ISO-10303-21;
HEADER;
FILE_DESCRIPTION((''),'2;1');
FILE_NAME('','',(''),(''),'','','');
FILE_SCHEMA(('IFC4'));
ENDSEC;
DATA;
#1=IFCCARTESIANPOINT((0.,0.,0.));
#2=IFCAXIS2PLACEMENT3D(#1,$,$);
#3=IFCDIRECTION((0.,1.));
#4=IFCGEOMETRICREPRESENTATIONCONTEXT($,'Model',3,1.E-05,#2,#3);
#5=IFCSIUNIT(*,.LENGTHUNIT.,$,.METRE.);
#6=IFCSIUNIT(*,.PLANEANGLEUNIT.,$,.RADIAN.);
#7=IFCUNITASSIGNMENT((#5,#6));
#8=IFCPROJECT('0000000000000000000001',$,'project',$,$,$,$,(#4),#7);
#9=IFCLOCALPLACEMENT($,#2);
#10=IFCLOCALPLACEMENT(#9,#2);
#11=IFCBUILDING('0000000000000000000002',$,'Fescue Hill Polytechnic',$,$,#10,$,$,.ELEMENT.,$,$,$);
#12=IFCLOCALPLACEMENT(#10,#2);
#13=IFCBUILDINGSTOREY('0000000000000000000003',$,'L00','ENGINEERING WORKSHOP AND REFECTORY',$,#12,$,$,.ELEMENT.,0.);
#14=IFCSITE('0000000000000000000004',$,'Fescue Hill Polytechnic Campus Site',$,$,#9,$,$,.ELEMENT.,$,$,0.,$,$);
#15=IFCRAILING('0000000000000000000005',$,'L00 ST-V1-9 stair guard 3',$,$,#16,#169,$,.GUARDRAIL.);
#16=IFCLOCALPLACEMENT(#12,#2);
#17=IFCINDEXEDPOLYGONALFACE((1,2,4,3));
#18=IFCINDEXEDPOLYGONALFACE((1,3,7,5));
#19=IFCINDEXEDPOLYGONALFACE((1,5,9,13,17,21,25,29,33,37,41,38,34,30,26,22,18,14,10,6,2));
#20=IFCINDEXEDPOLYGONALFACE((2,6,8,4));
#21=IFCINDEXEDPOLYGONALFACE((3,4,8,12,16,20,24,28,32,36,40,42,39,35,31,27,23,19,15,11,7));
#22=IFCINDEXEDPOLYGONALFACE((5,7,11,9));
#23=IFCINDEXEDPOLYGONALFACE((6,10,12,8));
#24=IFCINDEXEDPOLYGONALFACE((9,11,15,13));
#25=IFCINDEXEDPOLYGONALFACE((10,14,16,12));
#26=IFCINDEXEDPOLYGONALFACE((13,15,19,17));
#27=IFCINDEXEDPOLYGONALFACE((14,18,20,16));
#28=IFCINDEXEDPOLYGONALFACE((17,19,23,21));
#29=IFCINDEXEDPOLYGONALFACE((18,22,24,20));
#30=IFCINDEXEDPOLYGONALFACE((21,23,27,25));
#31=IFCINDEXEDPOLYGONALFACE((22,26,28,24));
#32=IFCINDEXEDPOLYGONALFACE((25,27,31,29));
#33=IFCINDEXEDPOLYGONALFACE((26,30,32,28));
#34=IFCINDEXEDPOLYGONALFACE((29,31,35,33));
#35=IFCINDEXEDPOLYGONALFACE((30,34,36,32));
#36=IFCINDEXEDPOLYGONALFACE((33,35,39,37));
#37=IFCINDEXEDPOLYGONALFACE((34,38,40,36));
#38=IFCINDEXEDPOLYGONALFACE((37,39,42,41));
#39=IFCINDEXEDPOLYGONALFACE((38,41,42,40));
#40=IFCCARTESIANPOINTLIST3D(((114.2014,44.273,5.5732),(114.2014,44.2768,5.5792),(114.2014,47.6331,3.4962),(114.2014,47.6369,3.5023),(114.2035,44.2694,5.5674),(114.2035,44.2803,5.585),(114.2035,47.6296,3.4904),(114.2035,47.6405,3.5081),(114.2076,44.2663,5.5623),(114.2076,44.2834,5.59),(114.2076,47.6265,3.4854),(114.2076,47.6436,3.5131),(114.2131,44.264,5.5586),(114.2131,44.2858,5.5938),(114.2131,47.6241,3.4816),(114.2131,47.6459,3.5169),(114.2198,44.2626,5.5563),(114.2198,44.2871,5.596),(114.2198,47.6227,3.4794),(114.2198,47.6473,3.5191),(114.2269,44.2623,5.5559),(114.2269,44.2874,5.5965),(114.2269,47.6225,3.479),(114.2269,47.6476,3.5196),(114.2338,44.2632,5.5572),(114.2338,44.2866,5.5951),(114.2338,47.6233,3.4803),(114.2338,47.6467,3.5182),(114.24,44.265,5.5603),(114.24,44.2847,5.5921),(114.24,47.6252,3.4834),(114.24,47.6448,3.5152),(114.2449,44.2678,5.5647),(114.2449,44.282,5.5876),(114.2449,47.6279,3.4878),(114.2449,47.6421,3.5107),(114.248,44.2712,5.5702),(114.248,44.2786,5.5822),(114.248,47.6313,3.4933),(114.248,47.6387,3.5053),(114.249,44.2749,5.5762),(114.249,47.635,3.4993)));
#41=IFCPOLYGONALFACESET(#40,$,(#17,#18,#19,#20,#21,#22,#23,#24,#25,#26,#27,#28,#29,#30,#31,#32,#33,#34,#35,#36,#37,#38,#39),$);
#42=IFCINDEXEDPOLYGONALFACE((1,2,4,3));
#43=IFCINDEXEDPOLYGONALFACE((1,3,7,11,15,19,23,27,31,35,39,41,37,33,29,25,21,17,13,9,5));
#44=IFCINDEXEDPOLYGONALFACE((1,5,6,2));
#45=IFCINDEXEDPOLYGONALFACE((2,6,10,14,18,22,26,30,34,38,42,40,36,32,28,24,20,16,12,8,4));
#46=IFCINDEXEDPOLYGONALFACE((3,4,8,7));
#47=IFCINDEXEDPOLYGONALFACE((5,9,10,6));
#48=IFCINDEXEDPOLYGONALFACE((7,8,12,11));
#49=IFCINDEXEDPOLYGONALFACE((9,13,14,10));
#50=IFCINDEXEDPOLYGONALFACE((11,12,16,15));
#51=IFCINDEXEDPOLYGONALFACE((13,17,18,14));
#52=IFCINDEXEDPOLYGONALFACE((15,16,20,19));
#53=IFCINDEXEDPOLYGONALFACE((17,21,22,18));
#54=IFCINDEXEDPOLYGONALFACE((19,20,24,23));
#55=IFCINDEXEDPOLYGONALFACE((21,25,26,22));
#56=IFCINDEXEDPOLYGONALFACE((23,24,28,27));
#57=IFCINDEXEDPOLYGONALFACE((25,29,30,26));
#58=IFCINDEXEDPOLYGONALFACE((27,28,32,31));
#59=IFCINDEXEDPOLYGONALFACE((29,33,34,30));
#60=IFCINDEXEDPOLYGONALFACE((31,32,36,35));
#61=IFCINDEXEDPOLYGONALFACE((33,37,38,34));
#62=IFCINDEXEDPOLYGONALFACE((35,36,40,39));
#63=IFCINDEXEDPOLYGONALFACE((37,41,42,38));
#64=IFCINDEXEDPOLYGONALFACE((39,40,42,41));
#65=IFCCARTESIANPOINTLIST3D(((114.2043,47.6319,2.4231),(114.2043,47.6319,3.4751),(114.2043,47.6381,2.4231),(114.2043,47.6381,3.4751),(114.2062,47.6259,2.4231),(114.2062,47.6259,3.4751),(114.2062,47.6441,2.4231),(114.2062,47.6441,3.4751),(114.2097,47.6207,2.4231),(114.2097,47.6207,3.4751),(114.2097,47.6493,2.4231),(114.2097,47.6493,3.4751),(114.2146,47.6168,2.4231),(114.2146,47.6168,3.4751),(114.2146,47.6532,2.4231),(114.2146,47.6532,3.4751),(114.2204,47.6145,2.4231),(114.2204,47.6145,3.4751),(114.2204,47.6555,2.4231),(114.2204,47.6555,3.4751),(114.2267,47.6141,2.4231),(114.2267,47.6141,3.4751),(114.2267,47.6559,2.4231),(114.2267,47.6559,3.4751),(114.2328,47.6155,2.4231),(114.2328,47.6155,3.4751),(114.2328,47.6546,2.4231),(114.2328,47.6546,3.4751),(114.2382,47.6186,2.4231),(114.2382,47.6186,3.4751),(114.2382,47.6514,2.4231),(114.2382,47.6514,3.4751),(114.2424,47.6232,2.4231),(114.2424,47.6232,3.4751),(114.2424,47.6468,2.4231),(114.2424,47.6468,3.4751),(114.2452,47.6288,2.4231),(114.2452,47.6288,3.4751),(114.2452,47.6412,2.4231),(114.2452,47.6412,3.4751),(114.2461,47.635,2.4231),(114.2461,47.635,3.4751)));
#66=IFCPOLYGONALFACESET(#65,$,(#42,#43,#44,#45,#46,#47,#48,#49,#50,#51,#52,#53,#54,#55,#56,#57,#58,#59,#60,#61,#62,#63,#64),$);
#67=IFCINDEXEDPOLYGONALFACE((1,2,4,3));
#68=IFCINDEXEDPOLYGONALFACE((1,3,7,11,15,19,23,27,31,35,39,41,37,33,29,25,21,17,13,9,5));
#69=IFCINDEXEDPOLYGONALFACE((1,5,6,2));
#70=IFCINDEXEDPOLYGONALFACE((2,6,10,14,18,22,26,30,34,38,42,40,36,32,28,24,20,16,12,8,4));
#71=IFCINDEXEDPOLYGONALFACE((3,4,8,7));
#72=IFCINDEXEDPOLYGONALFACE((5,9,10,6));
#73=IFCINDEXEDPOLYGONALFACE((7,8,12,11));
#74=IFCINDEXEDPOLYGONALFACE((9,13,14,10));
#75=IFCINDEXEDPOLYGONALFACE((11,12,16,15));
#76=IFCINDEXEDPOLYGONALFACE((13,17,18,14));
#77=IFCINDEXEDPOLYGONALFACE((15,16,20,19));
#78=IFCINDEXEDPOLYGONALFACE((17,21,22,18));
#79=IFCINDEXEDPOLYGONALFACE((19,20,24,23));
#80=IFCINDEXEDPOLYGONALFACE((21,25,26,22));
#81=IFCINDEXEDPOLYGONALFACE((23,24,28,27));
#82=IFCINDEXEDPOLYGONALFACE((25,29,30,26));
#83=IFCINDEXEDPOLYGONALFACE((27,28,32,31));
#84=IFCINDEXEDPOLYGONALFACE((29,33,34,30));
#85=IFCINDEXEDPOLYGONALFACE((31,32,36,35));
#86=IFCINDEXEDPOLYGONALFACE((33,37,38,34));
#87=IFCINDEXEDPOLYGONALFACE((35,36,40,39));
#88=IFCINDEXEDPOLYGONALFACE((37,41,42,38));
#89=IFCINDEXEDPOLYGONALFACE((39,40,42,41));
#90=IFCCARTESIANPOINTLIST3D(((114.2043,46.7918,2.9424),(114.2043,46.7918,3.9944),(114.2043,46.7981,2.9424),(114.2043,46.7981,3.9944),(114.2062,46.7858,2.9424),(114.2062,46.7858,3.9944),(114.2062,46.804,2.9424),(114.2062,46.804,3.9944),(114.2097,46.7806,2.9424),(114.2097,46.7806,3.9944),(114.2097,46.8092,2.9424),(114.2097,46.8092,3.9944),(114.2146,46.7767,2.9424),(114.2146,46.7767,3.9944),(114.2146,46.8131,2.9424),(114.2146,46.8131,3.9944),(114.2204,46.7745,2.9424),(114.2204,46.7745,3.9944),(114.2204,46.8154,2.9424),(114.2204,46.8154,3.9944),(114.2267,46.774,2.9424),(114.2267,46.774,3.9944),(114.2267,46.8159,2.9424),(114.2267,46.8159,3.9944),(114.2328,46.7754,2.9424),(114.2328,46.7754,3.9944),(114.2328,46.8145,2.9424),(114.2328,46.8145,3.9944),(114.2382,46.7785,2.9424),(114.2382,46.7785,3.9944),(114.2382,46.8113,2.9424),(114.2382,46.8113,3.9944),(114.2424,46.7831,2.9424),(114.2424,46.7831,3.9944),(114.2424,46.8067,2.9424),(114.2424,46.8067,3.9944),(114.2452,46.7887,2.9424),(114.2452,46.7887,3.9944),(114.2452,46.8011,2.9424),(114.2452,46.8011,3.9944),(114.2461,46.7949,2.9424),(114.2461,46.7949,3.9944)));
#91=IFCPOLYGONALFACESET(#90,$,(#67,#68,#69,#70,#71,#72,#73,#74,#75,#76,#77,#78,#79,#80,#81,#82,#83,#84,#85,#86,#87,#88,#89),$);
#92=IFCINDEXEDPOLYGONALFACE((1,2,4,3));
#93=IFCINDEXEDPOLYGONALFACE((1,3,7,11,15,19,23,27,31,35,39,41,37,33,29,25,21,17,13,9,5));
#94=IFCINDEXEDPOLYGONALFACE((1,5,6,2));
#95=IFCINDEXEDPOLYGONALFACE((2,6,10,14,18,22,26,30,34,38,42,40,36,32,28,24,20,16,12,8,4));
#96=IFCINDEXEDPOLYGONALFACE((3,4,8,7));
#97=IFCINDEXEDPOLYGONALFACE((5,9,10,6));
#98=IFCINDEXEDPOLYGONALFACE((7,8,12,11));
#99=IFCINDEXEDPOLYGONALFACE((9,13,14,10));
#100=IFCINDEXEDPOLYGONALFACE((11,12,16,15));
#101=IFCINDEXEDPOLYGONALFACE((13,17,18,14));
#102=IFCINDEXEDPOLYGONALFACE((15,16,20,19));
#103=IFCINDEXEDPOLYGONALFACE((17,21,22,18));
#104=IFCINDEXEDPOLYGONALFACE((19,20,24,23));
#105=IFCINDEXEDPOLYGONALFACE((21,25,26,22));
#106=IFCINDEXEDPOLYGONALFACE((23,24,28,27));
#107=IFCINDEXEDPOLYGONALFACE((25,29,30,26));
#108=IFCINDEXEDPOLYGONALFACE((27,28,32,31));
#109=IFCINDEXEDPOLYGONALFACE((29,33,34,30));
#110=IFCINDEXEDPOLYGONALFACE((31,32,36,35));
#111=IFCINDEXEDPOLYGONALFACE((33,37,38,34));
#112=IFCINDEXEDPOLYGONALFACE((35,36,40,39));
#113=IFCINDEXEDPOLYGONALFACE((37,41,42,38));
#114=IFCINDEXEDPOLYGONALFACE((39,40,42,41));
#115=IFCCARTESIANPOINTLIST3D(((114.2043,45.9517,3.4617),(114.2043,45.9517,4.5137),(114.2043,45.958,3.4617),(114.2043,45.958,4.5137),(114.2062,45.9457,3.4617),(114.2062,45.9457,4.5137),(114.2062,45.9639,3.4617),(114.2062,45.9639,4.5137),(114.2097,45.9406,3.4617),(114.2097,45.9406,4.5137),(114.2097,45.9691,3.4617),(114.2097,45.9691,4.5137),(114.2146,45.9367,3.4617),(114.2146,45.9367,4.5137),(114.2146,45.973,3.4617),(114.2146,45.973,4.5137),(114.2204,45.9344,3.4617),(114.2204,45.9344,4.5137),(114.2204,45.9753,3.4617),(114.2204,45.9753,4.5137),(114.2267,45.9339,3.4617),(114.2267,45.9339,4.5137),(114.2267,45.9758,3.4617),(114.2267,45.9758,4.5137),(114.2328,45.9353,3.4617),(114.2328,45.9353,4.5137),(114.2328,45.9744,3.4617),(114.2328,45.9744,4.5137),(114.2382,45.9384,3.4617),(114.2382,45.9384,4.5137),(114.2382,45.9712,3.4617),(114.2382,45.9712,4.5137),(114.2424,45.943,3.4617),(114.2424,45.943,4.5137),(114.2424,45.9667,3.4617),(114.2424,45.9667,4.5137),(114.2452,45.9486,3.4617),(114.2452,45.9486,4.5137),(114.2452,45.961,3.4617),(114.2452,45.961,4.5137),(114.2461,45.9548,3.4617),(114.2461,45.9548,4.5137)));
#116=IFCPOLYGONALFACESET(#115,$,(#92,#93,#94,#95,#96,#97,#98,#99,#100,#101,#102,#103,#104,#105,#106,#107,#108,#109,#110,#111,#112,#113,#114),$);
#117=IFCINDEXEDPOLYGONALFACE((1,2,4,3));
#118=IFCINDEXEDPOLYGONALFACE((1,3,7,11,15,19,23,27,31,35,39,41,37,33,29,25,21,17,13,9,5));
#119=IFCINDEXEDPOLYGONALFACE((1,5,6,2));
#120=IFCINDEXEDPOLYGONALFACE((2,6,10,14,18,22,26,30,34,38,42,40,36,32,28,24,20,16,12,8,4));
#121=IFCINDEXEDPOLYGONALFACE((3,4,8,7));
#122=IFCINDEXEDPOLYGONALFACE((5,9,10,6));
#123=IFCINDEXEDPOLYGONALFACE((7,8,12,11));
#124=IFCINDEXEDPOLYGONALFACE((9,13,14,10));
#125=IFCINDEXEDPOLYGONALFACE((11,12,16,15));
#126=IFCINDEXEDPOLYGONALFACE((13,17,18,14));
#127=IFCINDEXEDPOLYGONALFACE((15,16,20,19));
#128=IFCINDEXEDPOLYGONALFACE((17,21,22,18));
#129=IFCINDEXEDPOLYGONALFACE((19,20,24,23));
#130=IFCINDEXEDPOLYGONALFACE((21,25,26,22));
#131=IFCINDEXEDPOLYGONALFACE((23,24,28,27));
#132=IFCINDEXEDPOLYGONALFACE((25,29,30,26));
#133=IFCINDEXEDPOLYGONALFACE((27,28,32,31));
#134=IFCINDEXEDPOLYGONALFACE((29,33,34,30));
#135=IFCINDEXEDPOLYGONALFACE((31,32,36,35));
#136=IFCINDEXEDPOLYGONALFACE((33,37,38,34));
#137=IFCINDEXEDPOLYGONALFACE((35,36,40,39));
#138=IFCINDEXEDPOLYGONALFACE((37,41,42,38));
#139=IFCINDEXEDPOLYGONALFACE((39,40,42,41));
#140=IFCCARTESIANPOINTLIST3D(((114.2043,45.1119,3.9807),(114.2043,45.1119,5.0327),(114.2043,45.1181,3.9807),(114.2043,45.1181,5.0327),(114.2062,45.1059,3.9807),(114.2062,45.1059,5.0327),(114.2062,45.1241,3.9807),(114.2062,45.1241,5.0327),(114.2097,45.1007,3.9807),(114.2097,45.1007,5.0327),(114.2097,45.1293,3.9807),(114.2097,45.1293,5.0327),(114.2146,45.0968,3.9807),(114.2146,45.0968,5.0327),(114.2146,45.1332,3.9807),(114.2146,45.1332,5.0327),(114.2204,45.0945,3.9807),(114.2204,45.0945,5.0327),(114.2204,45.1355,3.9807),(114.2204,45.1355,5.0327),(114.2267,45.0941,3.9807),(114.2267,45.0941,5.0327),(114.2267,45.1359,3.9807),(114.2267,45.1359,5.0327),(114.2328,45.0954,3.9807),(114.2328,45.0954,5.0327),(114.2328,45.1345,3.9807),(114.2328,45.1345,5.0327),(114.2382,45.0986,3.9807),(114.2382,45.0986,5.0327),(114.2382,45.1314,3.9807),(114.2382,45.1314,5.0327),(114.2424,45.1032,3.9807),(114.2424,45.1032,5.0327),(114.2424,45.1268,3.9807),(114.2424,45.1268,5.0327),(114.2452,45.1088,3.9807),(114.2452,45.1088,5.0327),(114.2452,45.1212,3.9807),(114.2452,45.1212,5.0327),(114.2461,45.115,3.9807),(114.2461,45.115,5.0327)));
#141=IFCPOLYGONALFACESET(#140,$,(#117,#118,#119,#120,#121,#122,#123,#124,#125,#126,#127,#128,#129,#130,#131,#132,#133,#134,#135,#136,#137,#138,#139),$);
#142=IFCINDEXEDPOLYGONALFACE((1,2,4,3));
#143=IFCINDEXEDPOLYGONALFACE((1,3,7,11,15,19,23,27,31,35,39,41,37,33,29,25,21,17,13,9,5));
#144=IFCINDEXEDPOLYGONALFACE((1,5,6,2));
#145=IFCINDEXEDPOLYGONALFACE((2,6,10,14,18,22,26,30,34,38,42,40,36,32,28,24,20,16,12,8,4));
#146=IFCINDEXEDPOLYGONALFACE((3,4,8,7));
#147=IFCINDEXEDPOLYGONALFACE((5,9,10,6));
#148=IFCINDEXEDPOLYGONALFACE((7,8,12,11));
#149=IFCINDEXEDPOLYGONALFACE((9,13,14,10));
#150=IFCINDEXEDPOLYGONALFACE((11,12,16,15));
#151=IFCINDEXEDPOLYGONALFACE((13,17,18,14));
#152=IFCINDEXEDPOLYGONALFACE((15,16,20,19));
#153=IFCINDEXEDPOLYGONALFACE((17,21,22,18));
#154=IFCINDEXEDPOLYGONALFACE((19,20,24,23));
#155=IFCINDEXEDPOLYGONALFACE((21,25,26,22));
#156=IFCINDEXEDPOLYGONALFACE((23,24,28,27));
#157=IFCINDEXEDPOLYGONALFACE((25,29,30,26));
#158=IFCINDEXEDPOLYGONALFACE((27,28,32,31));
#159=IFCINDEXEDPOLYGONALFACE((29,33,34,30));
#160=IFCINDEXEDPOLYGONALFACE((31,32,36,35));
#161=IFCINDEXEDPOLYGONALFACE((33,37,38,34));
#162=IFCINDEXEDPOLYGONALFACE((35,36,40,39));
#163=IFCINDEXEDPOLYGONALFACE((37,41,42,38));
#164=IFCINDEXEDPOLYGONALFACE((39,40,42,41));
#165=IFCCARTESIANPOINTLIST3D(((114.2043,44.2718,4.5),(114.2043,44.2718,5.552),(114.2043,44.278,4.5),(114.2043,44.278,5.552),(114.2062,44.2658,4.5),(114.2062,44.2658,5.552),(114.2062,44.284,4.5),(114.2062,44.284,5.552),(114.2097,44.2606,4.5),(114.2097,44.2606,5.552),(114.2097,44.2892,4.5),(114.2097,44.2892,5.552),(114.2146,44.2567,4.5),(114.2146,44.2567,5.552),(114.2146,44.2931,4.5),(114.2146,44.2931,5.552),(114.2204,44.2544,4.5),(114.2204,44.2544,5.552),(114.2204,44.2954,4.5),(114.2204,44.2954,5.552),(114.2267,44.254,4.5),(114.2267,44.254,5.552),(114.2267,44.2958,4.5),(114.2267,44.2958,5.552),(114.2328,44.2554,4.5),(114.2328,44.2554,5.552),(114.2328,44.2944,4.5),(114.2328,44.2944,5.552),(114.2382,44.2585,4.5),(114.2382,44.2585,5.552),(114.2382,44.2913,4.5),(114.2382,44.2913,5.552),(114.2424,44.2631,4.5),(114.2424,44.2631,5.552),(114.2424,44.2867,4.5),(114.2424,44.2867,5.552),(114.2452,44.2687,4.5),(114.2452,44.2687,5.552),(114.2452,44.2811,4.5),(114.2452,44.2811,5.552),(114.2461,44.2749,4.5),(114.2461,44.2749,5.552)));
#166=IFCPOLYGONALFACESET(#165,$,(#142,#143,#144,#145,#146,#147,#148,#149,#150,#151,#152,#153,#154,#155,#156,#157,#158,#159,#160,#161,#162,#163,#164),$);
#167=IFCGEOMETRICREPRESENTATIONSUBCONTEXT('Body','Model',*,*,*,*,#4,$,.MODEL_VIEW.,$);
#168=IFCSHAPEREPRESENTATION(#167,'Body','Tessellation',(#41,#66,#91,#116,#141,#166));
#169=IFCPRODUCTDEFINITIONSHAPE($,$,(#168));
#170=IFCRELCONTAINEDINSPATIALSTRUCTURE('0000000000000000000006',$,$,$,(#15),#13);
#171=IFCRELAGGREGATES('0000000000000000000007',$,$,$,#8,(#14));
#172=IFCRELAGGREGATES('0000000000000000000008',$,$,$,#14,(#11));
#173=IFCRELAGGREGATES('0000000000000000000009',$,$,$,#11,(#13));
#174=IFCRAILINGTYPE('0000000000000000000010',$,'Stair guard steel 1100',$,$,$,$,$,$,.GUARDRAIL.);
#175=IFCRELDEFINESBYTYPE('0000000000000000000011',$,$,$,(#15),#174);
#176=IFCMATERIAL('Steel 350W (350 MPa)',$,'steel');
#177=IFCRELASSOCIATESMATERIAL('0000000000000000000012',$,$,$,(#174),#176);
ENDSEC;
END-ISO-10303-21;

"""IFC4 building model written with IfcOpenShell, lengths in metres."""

from ifc_helpers import new_model, si_unit, direction, frame, origin, origin_2d, place, context, subcontext, project, spatial, circle, extrude, material, type_object, element, save


model = new_model("IFC4")

# Units and contexts
model_context = context("Model", 3, precision=1e-05, world=origin(), true_north=direction((0.0, 1.0)))
body_context = subcontext(model_context, "Body", "Model", "MODEL_VIEW")
ifc_project = project(units=[si_unit("LENGTHUNIT", "METRE"), si_unit("PLANEANGLEUNIT", "RADIAN")], contexts=[model_context])

# Site, building, storey
site_placement = place(None, origin())
site = spatial("IfcSite", under=ifc_project, at=site_placement, Name="Fescue Hill Polytechnic Campus Site", CompositionType="ELEMENT", RefElevation=0.0)
building_placement = place(site_placement, origin())
building = spatial("IfcBuilding", under=site, at=building_placement, Name="Fescue Hill Polytechnic", CompositionType="ELEMENT")
storey_placement = place(building_placement, origin())
storey = spatial("IfcBuildingStorey", under=building, at=storey_placement, Name="L00", Description="ENGINEERING WORKSHOP AND REFECTORY", CompositionType="ELEMENT", Elevation=0.0)

# Railing
ifc_material_1 = material(Name="Steel 350W (350 MPa)", Category="steel")
railing_type = type_object("IfcRailingType", Name="Stair guard steel 1100", PredefinedType="GUARDRAIL", material=ifc_material_1)
railing_1_placement = place(storey_placement, frame((114.2251, 47.635, 2.4231)))
element("IfcRailing", 1, at=railing_1_placement, inside=storey, type_object=railing_type, Name="L00 ST-V1-9 stair guard 3", PredefinedType="GUARDRAIL", context=body_context, shape_type="SweptSolid", body=[
    extrude(circle(Radius=0.0239, at=origin_2d()), frame((0.0, 0.0, 1.0762), z_axis=(0.0, -0.850623, 0.525776), x_axis=(1.0, 0.0, 0.0)), (0.0, 0.0, 1.0), 3.9502),
    extrude(circle(Radius=0.021, at=origin_2d()), origin(), (0.0, 0.0, 1.0), 1.052),
    extrude(circle(Radius=0.021, at=origin_2d()), frame((0.0, -0.8401, 0.5193)), (0.0, 0.0, 1.0), 1.052),
    extrude(circle(Radius=0.021, at=origin_2d()), frame((0.0, -1.6802, 1.0386)), (0.0, 0.0, 1.0), 1.052),
    extrude(circle(Radius=0.021, at=origin_2d()), frame((0.0, -2.52, 1.5576)), (0.0, 0.0, 1.0), 1.052),
    extrude(circle(Radius=0.021, at=origin_2d()), frame((0.0, -3.3601, 2.0769)), (0.0, 0.0, 1.0), 1.052),
])

save(model, "model.ifc")
